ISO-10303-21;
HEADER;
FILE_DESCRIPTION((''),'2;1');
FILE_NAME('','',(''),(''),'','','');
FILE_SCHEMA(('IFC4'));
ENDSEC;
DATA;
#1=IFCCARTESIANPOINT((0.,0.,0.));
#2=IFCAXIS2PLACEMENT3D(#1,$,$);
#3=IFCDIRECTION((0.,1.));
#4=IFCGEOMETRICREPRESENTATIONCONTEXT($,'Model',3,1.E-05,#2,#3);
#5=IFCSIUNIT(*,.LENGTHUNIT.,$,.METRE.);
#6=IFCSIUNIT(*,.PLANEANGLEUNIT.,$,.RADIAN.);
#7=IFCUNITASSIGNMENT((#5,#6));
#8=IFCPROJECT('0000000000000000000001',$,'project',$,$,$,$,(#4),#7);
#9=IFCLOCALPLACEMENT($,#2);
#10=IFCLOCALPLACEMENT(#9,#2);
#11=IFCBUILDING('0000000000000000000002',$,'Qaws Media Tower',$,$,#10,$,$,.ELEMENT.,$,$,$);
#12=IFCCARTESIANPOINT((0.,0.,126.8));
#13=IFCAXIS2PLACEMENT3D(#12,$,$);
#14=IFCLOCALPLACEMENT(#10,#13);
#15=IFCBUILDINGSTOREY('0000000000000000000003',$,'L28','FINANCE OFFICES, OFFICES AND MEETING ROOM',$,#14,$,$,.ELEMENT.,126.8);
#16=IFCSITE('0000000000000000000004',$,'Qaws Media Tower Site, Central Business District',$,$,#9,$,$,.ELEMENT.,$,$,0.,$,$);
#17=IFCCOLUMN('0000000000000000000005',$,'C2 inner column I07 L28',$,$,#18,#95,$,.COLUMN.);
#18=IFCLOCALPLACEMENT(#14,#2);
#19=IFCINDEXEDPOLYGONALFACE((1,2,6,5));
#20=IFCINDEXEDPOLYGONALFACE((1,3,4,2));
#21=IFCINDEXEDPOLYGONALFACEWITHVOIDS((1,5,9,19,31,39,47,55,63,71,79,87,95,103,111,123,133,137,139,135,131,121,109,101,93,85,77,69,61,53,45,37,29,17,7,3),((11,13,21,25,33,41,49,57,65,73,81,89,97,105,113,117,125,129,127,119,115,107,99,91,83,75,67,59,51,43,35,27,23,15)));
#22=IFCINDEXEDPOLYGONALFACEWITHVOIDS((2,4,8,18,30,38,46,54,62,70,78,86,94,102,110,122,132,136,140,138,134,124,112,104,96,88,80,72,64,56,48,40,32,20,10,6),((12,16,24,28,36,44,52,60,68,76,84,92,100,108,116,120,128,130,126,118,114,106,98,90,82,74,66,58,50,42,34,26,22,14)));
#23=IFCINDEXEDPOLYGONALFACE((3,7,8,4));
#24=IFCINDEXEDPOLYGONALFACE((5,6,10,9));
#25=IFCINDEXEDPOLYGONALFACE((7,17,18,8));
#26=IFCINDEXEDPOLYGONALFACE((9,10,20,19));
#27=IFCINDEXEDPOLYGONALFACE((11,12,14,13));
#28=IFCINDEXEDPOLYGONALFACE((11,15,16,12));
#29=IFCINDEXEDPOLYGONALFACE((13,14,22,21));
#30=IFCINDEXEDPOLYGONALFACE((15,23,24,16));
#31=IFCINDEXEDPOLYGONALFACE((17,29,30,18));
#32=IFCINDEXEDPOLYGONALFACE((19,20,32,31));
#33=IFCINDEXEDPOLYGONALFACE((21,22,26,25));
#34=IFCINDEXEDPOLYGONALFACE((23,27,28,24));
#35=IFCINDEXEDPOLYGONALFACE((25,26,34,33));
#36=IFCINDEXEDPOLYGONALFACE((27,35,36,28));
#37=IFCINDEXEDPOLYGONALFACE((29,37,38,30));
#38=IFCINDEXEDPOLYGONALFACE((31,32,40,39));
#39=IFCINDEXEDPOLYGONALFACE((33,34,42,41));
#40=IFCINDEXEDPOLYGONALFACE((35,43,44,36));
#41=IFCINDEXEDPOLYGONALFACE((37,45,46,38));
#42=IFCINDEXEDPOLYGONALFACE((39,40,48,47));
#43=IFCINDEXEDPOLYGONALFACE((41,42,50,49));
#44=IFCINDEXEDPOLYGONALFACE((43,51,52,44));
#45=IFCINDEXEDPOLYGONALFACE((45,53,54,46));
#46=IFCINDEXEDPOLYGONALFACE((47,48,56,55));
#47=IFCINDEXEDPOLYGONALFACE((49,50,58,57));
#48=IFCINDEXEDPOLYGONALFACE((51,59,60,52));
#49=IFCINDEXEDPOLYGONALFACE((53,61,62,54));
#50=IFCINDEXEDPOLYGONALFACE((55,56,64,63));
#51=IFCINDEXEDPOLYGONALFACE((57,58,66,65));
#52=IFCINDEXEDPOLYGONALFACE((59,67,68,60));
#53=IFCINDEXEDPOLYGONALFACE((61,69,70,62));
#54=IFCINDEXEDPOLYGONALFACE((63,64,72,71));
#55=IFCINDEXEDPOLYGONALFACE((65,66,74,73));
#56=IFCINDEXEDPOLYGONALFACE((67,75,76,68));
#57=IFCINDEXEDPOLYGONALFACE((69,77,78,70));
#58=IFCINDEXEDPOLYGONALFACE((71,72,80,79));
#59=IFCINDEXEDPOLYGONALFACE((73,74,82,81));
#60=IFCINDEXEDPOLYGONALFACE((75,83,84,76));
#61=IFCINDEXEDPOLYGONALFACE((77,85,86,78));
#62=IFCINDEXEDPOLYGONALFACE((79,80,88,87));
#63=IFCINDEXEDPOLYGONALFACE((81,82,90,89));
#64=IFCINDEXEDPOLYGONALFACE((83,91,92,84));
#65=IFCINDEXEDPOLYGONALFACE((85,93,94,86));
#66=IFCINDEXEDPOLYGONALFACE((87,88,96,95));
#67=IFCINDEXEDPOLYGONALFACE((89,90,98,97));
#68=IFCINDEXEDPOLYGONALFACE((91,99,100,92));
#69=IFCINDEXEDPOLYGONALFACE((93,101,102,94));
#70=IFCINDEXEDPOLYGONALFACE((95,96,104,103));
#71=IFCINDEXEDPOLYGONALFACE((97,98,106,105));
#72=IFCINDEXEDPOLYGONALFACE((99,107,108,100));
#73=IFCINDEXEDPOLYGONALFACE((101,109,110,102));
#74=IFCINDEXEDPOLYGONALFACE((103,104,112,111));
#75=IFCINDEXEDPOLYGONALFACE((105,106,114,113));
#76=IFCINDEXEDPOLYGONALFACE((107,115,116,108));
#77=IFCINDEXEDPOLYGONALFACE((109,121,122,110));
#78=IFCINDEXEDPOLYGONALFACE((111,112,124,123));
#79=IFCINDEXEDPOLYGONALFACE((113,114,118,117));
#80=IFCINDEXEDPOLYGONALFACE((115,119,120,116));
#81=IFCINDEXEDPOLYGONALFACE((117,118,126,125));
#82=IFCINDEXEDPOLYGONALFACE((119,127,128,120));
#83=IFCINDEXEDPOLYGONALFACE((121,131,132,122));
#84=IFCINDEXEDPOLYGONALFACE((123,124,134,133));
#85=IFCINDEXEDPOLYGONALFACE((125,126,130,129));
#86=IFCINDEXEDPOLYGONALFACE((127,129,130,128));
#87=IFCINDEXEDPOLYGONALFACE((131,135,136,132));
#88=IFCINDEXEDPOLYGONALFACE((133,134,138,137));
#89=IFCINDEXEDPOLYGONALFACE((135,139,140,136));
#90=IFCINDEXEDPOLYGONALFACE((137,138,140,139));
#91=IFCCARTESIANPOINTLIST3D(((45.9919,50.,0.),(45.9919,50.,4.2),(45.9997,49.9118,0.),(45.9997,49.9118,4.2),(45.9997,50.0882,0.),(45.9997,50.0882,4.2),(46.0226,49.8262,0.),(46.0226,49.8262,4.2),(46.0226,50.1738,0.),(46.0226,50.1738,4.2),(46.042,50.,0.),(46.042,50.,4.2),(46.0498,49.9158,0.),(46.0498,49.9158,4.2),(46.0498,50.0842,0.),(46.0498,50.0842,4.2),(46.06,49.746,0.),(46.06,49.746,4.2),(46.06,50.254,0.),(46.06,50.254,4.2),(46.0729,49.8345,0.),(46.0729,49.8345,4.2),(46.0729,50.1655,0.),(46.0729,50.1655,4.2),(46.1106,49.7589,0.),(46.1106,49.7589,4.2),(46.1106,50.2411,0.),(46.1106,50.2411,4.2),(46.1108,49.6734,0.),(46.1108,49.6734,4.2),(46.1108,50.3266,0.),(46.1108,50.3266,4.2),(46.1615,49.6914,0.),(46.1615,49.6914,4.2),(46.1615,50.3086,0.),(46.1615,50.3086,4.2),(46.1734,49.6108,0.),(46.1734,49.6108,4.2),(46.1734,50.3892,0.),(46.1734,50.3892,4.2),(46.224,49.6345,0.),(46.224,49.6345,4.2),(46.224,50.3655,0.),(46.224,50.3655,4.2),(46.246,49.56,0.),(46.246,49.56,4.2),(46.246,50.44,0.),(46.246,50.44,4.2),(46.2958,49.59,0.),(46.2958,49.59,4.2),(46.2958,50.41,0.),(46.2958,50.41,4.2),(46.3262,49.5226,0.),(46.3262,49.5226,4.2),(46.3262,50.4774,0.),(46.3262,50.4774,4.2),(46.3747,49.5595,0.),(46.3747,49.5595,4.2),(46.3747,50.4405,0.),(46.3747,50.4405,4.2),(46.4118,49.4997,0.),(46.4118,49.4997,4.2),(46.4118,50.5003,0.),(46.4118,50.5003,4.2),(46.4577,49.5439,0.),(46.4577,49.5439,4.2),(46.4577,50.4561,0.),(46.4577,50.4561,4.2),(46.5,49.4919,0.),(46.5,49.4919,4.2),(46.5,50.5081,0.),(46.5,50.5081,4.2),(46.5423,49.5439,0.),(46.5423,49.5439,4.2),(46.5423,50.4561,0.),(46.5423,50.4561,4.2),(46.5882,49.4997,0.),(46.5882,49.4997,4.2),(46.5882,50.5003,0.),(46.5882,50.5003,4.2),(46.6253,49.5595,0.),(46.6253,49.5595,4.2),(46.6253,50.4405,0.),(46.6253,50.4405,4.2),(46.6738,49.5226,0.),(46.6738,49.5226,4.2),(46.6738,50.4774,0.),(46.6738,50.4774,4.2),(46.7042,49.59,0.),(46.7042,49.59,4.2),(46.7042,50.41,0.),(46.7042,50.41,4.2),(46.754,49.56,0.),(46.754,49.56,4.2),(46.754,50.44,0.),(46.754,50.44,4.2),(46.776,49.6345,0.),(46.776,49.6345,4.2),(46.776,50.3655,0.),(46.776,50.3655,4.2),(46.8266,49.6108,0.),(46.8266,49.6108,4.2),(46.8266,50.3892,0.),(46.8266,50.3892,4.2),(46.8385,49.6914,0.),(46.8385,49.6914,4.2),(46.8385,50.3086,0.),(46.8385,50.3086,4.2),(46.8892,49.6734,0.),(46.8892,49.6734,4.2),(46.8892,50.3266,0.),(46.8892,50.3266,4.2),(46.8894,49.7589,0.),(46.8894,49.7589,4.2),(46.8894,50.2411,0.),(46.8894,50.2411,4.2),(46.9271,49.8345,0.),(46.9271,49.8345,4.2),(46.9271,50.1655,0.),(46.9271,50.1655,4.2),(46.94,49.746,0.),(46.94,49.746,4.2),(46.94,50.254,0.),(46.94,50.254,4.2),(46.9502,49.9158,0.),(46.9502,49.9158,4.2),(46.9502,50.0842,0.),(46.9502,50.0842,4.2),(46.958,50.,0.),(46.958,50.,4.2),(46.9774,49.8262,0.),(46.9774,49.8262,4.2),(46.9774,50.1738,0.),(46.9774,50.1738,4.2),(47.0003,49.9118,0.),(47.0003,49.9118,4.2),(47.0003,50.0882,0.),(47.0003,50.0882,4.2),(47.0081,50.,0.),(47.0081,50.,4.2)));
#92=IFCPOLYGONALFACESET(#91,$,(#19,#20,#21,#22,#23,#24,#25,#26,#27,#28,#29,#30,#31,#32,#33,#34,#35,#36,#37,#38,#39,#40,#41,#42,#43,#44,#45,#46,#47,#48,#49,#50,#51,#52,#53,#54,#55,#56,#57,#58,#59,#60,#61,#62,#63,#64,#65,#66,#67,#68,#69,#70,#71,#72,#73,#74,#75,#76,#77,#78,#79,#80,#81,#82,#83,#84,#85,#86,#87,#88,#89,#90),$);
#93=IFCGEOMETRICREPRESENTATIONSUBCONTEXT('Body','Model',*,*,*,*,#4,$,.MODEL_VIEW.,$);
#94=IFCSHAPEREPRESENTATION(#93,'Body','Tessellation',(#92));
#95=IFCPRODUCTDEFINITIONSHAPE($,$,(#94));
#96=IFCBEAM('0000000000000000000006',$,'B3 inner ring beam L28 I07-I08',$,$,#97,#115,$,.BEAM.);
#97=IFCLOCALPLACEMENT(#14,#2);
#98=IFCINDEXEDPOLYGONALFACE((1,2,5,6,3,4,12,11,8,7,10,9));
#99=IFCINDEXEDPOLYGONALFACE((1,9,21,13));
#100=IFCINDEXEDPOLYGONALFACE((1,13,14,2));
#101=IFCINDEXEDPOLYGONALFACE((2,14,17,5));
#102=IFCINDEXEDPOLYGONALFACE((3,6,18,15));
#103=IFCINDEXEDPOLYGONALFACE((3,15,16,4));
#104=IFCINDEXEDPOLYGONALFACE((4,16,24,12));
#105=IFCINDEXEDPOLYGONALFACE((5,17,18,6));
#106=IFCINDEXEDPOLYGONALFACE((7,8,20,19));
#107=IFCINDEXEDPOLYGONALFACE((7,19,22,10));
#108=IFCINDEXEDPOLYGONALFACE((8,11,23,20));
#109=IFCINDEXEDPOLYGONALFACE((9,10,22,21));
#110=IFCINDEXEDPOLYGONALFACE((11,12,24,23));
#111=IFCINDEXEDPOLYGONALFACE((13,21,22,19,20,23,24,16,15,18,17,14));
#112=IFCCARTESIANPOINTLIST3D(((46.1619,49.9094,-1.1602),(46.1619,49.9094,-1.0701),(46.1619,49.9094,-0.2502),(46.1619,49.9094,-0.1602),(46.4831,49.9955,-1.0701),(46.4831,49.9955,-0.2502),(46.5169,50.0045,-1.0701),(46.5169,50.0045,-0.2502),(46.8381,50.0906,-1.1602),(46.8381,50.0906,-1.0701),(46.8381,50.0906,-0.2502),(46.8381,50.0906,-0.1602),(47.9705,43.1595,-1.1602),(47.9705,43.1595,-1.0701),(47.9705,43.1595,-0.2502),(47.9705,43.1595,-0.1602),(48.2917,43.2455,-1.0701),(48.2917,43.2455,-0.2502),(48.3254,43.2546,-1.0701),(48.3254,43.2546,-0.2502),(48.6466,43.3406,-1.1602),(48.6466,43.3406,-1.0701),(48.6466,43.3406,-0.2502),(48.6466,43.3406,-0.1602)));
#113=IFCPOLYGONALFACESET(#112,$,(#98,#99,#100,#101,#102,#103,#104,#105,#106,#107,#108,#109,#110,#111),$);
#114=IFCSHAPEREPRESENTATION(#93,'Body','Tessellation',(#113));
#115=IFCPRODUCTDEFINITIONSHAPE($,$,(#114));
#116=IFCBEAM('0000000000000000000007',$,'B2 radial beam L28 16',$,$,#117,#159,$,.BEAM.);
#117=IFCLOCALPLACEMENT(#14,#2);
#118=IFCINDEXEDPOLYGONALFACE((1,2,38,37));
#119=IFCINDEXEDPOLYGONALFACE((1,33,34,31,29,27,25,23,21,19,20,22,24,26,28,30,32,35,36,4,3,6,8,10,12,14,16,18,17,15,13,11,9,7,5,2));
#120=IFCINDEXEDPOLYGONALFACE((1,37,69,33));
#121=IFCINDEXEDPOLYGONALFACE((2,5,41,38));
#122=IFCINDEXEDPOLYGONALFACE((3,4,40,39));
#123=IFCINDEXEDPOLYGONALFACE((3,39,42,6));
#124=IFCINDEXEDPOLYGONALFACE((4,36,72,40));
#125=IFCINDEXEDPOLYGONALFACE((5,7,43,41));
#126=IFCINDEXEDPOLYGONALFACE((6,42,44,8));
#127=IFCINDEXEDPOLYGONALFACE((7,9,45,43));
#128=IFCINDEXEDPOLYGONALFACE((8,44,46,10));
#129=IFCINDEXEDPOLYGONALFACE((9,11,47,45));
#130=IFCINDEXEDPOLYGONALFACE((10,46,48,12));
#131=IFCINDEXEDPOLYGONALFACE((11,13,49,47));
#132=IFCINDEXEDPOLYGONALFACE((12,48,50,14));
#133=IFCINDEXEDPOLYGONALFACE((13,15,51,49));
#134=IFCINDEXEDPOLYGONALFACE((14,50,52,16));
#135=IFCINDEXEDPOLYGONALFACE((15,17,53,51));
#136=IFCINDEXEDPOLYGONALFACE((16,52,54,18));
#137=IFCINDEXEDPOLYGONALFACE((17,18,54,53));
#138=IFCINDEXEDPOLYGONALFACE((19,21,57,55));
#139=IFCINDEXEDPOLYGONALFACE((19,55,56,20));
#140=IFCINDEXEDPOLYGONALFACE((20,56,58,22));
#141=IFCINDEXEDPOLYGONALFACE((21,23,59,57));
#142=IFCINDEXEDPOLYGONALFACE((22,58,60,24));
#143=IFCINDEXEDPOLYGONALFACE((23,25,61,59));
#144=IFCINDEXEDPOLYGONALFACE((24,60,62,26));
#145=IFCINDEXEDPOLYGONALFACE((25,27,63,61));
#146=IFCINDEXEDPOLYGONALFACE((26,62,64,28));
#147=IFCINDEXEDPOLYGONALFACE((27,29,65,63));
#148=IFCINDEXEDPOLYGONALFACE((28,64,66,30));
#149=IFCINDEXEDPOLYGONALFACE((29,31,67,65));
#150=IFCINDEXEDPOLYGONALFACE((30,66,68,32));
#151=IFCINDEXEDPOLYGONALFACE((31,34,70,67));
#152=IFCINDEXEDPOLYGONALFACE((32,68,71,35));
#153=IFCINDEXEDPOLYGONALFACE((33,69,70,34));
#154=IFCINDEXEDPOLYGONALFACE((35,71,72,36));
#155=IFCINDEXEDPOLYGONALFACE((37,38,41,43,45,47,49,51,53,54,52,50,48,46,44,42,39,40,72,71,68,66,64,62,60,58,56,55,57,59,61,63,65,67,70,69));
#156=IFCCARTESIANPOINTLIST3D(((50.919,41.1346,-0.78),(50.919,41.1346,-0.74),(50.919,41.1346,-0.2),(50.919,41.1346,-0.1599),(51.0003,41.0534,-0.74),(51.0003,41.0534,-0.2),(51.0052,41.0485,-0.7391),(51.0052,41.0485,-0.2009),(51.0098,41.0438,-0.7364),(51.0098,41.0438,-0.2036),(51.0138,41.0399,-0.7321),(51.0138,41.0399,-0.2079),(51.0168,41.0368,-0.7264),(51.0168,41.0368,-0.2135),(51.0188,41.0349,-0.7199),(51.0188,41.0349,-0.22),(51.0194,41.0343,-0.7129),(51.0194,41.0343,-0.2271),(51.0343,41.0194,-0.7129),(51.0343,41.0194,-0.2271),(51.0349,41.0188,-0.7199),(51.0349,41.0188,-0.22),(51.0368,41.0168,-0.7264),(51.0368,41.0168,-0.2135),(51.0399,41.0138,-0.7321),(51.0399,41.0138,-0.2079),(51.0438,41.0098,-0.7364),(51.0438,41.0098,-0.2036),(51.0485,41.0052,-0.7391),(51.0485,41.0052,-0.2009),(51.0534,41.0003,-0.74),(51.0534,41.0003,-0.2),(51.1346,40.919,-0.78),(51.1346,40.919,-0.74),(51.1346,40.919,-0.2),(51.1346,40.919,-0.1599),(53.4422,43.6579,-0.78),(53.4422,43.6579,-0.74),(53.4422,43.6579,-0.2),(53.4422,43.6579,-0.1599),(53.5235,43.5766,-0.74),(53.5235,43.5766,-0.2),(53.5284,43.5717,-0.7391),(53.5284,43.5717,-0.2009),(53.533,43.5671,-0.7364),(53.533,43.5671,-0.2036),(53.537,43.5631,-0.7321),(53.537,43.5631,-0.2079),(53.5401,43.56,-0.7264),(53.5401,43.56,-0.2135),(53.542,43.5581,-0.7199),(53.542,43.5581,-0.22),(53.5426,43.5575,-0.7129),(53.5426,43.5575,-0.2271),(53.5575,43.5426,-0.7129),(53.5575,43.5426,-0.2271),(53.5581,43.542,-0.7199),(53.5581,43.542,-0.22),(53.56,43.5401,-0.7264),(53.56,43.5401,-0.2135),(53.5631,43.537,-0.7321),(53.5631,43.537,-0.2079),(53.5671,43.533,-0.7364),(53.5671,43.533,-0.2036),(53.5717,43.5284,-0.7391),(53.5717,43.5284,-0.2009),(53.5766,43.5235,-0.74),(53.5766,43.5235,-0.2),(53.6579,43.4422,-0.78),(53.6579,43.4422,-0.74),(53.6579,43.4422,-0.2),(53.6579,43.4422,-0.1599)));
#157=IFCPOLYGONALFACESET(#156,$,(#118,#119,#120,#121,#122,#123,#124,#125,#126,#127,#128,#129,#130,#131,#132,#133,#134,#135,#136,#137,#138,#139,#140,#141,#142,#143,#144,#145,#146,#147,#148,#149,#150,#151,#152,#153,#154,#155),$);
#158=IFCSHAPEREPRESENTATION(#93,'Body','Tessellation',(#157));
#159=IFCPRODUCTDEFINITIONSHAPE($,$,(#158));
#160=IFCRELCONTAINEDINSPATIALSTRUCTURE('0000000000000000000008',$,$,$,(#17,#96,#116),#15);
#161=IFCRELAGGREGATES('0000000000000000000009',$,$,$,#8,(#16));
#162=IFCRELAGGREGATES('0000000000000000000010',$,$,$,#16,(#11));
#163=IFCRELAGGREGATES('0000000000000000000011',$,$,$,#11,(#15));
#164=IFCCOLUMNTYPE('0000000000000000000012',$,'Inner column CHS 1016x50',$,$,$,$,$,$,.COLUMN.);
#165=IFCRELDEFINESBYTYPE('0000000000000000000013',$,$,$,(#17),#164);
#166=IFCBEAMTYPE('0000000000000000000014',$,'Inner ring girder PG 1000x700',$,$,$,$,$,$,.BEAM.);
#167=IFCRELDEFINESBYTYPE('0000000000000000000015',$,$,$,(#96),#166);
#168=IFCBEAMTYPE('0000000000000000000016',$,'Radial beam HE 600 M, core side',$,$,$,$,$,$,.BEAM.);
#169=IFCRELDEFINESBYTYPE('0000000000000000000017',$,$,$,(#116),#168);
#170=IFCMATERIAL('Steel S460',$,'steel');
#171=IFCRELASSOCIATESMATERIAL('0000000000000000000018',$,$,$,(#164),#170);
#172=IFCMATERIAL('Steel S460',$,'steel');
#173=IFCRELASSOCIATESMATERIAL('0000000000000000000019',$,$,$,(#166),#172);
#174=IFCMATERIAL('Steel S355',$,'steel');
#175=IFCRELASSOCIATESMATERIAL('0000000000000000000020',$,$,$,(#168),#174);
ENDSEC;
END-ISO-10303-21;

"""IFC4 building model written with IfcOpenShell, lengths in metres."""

from ifc_helpers import new_model, si_unit, direction, frame, origin, origin_2d, place, context, subcontext, project, spatial, hollow_circle, i_section, extrude, material, material_profile, profile_set, type_object, element, save


model = new_model("IFC4")

# Units and contexts
model_context = context("Model", 3, precision=1e-05, world=origin(), true_north=direction((0.0, 1.0)))
body_context = subcontext(model_context, "Body", "Model", "MODEL_VIEW")
ifc_project = project(units=[si_unit("LENGTHUNIT", "METRE"), si_unit("PLANEANGLEUNIT", "RADIAN")], contexts=[model_context])

# Site, building, storey
site_placement = place(None, origin())
site = spatial("IfcSite", under=ifc_project, at=site_placement, Name="Qaws Media Tower Site, Central Business District", CompositionType="ELEMENT", RefElevation=0.0)
building_placement = place(site_placement, origin())
building = spatial("IfcBuilding", under=site, at=building_placement, Name="Qaws Media Tower", CompositionType="ELEMENT")
storey_placement = place(building_placement, frame((0.0, 0.0, 126.8)))
storey = spatial("IfcBuildingStorey", under=building, at=storey_placement, Name="L28", Description="FINANCE OFFICES, OFFICES AND MEETING ROOM", CompositionType="ELEMENT", Elevation=126.8)

# Column
ifc_material_1 = material(Name="Steel S460", Category="steel")
ifc_material_profile_1 = material_profile(ifc_material_1, hollow_circle(Radius=0.5081, WallThickness=0.05, at=origin_2d()), Name="CHS 1016x50")
ifc_profile_set_1 = profile_set([ifc_material_profile_1], Name="Steel S460")
column_type = type_object("IfcColumnType", Name="Inner column CHS 1016x50", PredefinedType="COLUMN", material=ifc_profile_set_1)
column_placement = place(storey_placement, frame((46.5, 50.0, 0.0), z_axis=(0.0, 0.0, 1.0), x_axis=(1.0, 0.0, 0.0)))
element("IfcColumn", 1, at=column_placement, inside=storey, type_object=column_type, Name="C2 inner column I07 L28", PredefinedType="COLUMN", context=body_context, shape_type="SweptSolid", body=[
    extrude(hollow_circle(Radius=0.5081, WallThickness=0.05, at=origin_2d()), origin(), (0.0, 0.0, 1.0), 4.2),
])

# Beams
ifc_material_2 = material(Name="Steel S460", Category="steel")
ifc_material_profile_2 = material_profile(ifc_material_2, i_section(OverallWidth=0.7, OverallDepth=1.0, WebThickness=0.0349, FlangeThickness=0.0901, at=origin_2d()), Name="PG 1000x700")
ifc_profile_set_2 = profile_set([ifc_material_profile_2], Name="Steel S460")
beam_type_1 = type_object("IfcBeamType", Name="Inner ring girder PG 1000x700", PredefinedType="BEAM", material=ifc_profile_set_2)
beam_1_placement = place(storey_placement, frame((46.5, 50.0, -0.6602), z_axis=(0.258811, -0.965928, 0.0), x_axis=(0.965928, 0.258811, 0.0)))
element("IfcBeam", 2, at=beam_1_placement, inside=storey, type_object=beam_type_1, Name="B3 inner ring beam L28 I07-I08", PredefinedType="BEAM", context=body_context, shape_type="SweptSolid", body=[
    extrude(i_section(OverallWidth=0.7, OverallDepth=1.0, WebThickness=0.0349, FlangeThickness=0.0901, at=origin_2d()), origin(), (0.0, 0.0, 1.0), 6.988),
])
ifc_material_3 = material(Name="Steel S355", Category="steel")
ifc_material_profile_3 = material_profile(ifc_material_3, i_section(OverallWidth=0.3049, OverallDepth=0.6201, WebThickness=0.021, FlangeThickness=0.04, FilletRadius=0.0271, at=origin_2d()), Name="HE 600 M")
ifc_profile_set_3 = profile_set([ifc_material_profile_3], Name="Steel S355")
beam_type_2 = type_object("IfcBeamType", Name="Radial beam HE 600 M, core side", PredefinedType="BEAM", material=ifc_profile_set_3)
beam_2_placement = place(storey_placement, frame((53.55, 43.55, -0.47), z_axis=(-0.707107, -0.707107, 0.0), x_axis=(0.707107, -0.707107, 0.0)))
element("IfcBeam", 3, at=beam_2_placement, inside=storey, type_object=beam_type_2, Name="B2 radial beam L28 16", PredefinedType="BEAM", context=body_context, shape_type="SweptSolid", body=[
    extrude(i_section(OverallWidth=0.3049, OverallDepth=0.6201, WebThickness=0.021, FlangeThickness=0.04, FilletRadius=0.0271, at=origin_2d()), origin(), (0.0, 0.0, 1.0), 3.5684),
])

save(model, "model.ifc")
